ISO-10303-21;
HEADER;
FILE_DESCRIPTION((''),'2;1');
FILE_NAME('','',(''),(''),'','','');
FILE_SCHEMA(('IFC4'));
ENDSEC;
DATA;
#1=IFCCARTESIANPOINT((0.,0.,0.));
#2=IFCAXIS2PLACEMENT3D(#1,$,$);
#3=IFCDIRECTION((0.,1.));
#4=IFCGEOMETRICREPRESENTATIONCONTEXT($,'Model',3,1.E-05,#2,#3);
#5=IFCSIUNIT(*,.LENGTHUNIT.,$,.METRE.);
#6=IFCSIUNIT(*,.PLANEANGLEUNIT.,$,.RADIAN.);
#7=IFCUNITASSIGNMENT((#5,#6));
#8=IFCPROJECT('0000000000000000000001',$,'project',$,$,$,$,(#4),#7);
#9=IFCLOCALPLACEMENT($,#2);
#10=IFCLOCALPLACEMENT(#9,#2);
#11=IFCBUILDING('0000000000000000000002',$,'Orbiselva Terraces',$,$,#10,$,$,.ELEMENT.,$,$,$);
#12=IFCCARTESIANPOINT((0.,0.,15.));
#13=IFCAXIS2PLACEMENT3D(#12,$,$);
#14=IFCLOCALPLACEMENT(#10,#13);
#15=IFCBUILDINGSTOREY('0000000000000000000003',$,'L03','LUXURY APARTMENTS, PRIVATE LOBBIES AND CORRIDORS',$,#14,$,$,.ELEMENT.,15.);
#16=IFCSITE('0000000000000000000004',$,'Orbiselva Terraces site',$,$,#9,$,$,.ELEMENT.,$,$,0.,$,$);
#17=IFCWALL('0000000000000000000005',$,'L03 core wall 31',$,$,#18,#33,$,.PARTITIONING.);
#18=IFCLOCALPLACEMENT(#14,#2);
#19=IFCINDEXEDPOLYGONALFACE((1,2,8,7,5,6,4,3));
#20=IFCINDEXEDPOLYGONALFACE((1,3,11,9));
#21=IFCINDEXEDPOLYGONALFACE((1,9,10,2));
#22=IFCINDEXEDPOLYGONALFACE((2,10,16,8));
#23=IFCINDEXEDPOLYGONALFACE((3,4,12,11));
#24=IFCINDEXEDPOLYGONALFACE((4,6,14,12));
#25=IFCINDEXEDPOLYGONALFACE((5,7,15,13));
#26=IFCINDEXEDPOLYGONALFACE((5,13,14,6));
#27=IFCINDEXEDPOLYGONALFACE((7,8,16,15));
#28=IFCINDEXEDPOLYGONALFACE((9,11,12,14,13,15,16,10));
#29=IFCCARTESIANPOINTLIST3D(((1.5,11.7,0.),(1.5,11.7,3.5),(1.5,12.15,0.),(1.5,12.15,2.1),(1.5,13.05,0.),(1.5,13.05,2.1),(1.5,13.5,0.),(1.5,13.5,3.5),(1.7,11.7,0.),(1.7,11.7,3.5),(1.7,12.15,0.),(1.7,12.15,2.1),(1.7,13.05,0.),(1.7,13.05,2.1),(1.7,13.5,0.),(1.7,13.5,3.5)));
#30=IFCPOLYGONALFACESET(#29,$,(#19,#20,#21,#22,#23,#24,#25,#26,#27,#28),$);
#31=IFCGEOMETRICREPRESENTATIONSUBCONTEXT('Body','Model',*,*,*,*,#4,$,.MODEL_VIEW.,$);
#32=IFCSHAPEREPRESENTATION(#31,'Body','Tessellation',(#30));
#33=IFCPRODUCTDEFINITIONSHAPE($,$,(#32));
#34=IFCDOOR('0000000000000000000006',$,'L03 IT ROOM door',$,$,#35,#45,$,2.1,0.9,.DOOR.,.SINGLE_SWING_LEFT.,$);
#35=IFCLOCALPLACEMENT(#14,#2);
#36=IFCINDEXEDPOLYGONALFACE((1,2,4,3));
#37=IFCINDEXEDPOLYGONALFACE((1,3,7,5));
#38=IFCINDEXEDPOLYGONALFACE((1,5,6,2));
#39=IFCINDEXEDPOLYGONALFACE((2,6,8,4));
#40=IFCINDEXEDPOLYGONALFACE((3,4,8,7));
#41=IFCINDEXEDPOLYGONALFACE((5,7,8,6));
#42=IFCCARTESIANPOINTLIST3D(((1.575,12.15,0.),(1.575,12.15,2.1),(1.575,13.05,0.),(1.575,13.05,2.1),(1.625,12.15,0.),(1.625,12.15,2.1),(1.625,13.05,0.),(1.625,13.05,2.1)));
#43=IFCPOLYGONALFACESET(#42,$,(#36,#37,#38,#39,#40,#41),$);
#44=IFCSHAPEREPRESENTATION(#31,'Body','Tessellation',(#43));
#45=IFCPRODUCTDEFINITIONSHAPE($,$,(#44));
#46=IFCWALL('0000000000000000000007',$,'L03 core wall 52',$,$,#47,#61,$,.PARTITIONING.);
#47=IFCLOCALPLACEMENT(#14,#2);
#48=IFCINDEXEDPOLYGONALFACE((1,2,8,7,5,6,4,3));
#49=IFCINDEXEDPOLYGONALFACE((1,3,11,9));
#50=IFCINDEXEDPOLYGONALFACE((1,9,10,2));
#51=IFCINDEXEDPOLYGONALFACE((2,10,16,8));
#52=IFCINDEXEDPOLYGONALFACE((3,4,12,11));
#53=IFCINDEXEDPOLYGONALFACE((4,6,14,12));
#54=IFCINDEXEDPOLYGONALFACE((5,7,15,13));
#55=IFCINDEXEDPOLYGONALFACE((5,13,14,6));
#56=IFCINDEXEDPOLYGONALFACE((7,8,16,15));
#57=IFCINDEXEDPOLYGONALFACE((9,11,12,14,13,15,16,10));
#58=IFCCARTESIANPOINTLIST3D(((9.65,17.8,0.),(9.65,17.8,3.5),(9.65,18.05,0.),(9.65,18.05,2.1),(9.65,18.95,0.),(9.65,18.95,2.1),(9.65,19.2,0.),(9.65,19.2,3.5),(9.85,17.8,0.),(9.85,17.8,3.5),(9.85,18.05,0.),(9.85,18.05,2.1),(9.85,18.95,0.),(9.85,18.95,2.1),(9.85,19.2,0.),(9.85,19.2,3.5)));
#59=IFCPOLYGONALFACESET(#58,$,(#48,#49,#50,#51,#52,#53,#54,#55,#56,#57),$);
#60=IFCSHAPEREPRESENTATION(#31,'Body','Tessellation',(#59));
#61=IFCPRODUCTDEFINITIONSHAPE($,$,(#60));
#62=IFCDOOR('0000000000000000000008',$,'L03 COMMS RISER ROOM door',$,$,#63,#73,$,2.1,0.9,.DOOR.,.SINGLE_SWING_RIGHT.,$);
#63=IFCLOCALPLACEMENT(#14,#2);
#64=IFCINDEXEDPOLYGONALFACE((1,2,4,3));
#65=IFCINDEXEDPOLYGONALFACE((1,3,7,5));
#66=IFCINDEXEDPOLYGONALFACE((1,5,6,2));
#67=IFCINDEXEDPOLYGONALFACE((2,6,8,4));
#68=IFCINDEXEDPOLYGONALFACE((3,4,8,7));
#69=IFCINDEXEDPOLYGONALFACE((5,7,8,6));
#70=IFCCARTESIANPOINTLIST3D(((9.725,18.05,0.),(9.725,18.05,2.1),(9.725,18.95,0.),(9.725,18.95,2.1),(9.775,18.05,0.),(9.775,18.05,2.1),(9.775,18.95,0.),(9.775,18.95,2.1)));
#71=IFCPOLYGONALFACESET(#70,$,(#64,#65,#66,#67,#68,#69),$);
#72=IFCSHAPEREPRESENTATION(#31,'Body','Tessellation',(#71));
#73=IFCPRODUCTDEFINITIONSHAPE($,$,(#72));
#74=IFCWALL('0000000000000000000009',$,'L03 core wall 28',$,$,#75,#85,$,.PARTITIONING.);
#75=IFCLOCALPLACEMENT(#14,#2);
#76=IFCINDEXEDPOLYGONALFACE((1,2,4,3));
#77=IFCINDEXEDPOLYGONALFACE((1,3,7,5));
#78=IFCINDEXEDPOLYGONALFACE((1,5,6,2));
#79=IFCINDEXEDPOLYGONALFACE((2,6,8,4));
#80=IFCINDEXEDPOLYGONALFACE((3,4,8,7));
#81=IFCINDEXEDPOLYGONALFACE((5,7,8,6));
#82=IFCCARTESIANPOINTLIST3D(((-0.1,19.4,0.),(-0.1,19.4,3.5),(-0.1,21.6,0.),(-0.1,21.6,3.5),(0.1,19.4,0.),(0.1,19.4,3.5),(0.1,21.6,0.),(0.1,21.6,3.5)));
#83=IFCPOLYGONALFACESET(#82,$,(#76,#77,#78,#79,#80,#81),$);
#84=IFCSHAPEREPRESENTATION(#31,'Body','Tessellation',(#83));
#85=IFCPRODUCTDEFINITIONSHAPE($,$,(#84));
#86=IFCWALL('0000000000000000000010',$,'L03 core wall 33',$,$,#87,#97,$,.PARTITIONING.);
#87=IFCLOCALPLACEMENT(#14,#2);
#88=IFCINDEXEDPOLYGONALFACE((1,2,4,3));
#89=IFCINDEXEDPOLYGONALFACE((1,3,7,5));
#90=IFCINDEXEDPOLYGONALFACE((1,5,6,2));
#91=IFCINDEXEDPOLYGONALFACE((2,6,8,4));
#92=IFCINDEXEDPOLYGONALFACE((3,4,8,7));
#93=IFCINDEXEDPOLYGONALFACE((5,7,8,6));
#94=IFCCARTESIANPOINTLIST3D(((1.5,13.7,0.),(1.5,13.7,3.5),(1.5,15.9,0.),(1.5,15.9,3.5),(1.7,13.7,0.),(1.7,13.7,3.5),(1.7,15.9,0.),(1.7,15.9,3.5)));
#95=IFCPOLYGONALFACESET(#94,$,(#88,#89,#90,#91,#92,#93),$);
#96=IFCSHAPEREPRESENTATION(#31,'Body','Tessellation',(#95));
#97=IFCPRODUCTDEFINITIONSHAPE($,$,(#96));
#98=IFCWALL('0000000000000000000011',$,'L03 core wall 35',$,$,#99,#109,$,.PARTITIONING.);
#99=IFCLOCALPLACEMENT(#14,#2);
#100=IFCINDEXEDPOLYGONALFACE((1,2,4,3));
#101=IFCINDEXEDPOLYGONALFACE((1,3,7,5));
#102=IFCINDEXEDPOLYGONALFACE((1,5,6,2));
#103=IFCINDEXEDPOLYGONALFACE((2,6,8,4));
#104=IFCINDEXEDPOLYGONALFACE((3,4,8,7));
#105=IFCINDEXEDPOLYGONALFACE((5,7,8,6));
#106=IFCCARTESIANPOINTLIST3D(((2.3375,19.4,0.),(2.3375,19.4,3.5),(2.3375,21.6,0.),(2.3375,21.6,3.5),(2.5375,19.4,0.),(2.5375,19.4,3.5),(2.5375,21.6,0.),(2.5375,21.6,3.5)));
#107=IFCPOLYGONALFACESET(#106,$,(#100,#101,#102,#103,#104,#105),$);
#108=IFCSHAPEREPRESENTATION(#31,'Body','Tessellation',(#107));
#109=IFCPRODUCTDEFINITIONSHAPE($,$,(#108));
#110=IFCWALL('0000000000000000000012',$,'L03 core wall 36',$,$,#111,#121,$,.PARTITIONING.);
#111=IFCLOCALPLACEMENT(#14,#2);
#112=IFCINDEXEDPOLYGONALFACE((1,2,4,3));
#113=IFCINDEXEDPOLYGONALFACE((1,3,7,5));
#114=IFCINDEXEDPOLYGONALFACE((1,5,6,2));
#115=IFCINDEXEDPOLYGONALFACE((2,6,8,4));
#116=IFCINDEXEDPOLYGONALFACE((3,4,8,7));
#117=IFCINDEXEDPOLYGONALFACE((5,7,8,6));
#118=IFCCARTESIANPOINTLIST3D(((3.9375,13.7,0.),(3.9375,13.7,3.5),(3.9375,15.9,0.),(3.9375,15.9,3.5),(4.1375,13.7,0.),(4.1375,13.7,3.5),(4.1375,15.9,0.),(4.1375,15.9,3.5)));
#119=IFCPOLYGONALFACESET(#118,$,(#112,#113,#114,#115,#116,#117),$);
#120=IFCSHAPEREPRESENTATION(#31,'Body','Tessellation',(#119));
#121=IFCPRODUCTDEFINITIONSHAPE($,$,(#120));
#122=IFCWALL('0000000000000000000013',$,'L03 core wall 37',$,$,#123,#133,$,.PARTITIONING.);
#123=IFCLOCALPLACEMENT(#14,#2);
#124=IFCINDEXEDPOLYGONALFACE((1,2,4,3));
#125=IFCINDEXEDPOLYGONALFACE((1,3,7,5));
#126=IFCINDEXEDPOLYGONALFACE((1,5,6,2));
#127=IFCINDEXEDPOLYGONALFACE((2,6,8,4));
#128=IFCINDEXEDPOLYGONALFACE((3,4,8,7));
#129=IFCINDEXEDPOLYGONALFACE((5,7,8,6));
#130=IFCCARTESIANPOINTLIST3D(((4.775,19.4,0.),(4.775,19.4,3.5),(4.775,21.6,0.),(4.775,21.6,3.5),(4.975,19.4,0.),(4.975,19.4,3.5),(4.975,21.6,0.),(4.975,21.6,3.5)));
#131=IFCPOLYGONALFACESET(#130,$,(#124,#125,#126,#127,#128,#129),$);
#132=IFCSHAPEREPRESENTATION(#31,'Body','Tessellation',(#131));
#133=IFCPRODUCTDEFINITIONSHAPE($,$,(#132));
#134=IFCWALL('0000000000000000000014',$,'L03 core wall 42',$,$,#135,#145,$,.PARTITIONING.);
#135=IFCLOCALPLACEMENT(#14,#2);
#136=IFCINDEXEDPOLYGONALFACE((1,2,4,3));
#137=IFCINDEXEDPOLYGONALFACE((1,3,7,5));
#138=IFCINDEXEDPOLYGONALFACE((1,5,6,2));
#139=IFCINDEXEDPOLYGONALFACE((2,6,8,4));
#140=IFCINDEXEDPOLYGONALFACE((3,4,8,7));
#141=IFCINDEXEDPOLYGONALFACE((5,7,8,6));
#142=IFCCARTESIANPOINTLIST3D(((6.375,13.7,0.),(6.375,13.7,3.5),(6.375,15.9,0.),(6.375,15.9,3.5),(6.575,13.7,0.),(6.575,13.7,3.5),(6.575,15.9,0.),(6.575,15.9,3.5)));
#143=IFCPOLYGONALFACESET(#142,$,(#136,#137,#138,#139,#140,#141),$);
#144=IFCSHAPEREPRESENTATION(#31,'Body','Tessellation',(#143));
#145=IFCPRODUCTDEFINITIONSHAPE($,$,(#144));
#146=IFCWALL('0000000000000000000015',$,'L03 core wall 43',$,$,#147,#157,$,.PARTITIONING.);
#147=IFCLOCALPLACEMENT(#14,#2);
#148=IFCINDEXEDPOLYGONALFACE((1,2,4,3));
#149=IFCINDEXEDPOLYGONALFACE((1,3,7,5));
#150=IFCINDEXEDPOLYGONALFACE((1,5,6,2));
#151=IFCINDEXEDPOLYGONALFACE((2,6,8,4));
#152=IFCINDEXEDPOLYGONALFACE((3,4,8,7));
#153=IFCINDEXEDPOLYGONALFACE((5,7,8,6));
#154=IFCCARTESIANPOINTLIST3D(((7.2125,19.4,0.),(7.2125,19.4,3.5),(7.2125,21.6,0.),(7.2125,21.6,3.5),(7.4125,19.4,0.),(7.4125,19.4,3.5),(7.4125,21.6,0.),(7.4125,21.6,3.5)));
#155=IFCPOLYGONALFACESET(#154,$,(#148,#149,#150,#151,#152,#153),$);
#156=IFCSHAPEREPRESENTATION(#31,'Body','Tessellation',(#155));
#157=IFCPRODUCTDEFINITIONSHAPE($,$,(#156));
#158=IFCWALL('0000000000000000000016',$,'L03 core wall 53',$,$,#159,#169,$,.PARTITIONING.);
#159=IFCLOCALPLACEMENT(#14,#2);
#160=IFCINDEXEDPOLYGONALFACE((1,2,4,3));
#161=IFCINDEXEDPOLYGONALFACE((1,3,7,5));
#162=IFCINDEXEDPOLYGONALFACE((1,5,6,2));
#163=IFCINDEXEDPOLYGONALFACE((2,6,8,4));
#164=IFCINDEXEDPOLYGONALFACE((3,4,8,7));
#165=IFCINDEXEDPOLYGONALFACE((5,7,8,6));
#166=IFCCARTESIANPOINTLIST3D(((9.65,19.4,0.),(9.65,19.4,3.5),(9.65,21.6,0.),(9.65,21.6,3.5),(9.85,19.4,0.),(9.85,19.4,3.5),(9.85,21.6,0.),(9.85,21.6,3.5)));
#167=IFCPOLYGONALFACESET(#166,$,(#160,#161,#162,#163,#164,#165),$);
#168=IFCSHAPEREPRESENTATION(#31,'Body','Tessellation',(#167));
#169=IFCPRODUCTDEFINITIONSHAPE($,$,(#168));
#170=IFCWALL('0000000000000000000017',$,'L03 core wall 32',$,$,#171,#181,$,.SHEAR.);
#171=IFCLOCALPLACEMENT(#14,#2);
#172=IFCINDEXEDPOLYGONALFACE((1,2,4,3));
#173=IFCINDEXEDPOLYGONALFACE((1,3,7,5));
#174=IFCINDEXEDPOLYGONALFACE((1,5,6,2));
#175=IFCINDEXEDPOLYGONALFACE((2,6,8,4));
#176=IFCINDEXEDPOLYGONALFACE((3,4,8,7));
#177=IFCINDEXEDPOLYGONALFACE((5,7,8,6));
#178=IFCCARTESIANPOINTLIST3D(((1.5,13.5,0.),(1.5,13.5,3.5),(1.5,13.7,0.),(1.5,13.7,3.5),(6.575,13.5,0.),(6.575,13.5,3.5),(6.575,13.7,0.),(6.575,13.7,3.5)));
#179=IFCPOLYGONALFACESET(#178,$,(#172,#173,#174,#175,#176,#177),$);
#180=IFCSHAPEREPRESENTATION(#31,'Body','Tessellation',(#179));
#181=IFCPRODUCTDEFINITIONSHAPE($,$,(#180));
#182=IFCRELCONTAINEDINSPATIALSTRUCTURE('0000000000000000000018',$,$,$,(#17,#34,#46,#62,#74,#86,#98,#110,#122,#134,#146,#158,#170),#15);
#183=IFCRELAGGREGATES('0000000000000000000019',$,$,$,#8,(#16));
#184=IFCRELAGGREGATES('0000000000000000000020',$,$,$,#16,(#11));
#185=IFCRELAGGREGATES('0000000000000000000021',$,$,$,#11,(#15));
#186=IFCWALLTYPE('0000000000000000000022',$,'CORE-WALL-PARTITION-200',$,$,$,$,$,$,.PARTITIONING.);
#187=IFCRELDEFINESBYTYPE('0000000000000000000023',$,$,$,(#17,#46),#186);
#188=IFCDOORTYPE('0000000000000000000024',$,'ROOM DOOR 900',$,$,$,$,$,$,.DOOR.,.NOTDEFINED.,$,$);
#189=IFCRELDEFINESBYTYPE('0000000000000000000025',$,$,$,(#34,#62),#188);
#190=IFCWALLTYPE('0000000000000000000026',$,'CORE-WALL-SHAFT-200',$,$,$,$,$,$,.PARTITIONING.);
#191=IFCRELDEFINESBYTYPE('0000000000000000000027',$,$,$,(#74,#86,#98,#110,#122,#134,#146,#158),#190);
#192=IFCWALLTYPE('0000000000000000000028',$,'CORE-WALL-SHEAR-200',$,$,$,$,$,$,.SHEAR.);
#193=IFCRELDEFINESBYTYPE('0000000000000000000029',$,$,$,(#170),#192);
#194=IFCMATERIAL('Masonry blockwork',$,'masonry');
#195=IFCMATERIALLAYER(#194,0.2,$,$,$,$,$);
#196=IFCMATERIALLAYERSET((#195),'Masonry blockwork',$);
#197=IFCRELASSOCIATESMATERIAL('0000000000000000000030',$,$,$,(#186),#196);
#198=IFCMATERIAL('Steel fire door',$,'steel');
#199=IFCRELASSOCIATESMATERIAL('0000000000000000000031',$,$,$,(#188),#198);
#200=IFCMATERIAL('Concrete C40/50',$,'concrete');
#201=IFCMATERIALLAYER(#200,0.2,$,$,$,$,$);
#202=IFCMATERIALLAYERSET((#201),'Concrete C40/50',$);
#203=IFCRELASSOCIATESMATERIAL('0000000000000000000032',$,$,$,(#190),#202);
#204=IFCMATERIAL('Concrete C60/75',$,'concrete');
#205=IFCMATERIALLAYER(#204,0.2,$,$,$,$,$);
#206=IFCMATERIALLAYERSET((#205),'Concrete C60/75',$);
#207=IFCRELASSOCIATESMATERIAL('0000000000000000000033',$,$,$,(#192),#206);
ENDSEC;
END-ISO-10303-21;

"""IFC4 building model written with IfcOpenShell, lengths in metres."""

from ifc_helpers import new_model, si_unit, direction, frame, frame_2d, origin, place, context, subcontext, project, spatial, rectangle, extrude, material, layer, layer_set, type_object, element, fill, save


model = new_model("IFC4")

# Units and contexts
model_context = context("Model", 3, precision=1e-05, world=origin(), true_north=direction((0.0, 1.0)))
body_context = subcontext(model_context, "Body", "Model", "MODEL_VIEW")
ifc_project = project(units=[si_unit("LENGTHUNIT", "METRE"), si_unit("PLANEANGLEUNIT", "RADIAN")], contexts=[model_context])

# Site, building, storey
site_placement = place(None, origin())
site = spatial("IfcSite", under=ifc_project, at=site_placement, Name="Orbiselva Terraces site", CompositionType="ELEMENT", RefElevation=0.0)
building_placement = place(site_placement, origin())
building = spatial("IfcBuilding", under=site, at=building_placement, Name="Orbiselva Terraces", CompositionType="ELEMENT")
storey_placement = place(building_placement, frame((0.0, 0.0, 15.0)))
storey = spatial("IfcBuildingStorey", under=building, at=storey_placement, Name="L03", Description="LUXURY APARTMENTS, PRIVATE LOBBIES AND CORRIDORS", CompositionType="ELEMENT", Elevation=15.0)

# Walls, openings, doors
ifc_material_1 = material(Name="Masonry blockwork", Category="masonry")
ifc_layer_1 = layer(ifc_material_1, 0.2)
ifc_layer_set_1 = layer_set([ifc_layer_1], Name="Masonry blockwork")
wall_type_1 = type_object("IfcWallType", Name="CORE-WALL-PARTITION-200", PredefinedType="PARTITIONING", material=ifc_layer_set_1)
wall_1_placement = place(storey_placement, frame((1.6, 13.5, 0.0), z_axis=(0.0, 0.0, 1.0), x_axis=(0.0, -1.0, 0.0)))
wall_1 = element("IfcWall", 1, at=wall_1_placement, inside=storey, type_object=wall_type_1, Name="L03 core wall 31", PredefinedType="PARTITIONING", context=body_context, shape_type="SweptSolid", body=[
    extrude(rectangle(XDim=1.8, YDim=0.2, at=frame_2d((0.9, 0.0))), origin(), (0.0, 0.0, 1.0), 3.5),
])
opening_1_placement = place(wall_1_placement, frame((0.45, 0.0, 0.0)))
opening_1 = element("IfcOpeningElement", 2, at=opening_1_placement, cuts=wall_1, PredefinedType="OPENING", context=body_context, shape_type="SweptSolid", body=[
    extrude(rectangle(XDim=0.9, YDim=2.1, at=frame_2d((0.45, 1.05))), frame((0.0, 0.11, 0.0), z_axis=(0.0, -1.0, 0.0), x_axis=(1.0, 0.0, 0.0)), (0.0, 0.0, 1.0), 0.22),
])
ifc_material_2 = material(Name="Steel fire door", Category="steel")
door_type = type_object("IfcDoorType", Name="ROOM DOOR 900", OperationType="NOTDEFINED", PredefinedType="DOOR", material=ifc_material_2)
door_1_placement = place(opening_1_placement, origin())
door_1 = element("IfcDoor", 3, at=door_1_placement, inside=storey, type_object=door_type, Name="L03 IT ROOM door", OperationType="SINGLE_SWING_LEFT", OverallHeight=2.1, OverallWidth=0.9, PredefinedType="DOOR", context=body_context, shape_type="SweptSolid", body=[
    extrude(rectangle(XDim=0.9, YDim=2.1, at=frame_2d((0.45, 1.05))), frame((0.0, 0.025, 0.0), z_axis=(0.0, -1.0, 0.0), x_axis=(1.0, 0.0, 0.0)), (0.0, 0.0, 1.0), 0.05),
])
fill(opening_1, door_1)
wall_2_placement = place(storey_placement, frame((9.75, 19.2, 0.0), z_axis=(0.0, 0.0, 1.0), x_axis=(0.0, -1.0, 0.0)))
wall_2 = element("IfcWall", 4, at=wall_2_placement, inside=storey, type_object=wall_type_1, Name="L03 core wall 52", PredefinedType="PARTITIONING", context=body_context, shape_type="SweptSolid", body=[
    extrude(rectangle(XDim=1.4, YDim=0.2, at=frame_2d((0.7, 0.0))), origin(), (0.0, 0.0, 1.0), 3.5),
])
opening_2_placement = place(wall_2_placement, frame((0.25, 0.0, 0.0)))
opening_2 = element("IfcOpeningElement", 5, at=opening_2_placement, cuts=wall_2, PredefinedType="OPENING", context=body_context, shape_type="SweptSolid", body=[
    extrude(rectangle(XDim=0.9, YDim=2.1, at=frame_2d((0.45, 1.05))), frame((0.0, 0.11, 0.0), z_axis=(0.0, -1.0, 0.0), x_axis=(1.0, 0.0, 0.0)), (0.0, 0.0, 1.0), 0.22),
])
door_2_placement = place(opening_2_placement, origin())
door_2 = element("IfcDoor", 6, at=door_2_placement, inside=storey, type_object=door_type, Name="L03 COMMS RISER ROOM door", OperationType="SINGLE_SWING_RIGHT", OverallHeight=2.1, OverallWidth=0.9, PredefinedType="DOOR", context=body_context, shape_type="SweptSolid", body=[
    extrude(rectangle(XDim=0.9, YDim=2.1, at=frame_2d((0.45, 1.05))), frame((0.0, 0.025, 0.0), z_axis=(0.0, -1.0, 0.0), x_axis=(1.0, 0.0, 0.0)), (0.0, 0.0, 1.0), 0.05),
])
fill(opening_2, door_2)

# Walls
ifc_material_3 = material(Name="Concrete C40/50", Category="concrete")
ifc_layer_2 = layer(ifc_material_3, 0.2)
ifc_layer_set_2 = layer_set([ifc_layer_2], Name="Concrete C40/50")
wall_type_2 = type_object("IfcWallType", Name="CORE-WALL-SHAFT-200", PredefinedType="PARTITIONING", material=ifc_layer_set_2)
for number, where, z_axis, x_axis, name in (
    (7, (0.0, 19.4, 0.0), (0.0, 0.0, 1.0), (0.0, 1.0, 0.0), "L03 core wall 28"),
    (8, (1.6, 13.7, 0.0), (0.0, 0.0, 1.0), (0.0, 1.0, 0.0), "L03 core wall 33"),
    (9, (2.4375, 19.4, 0.0), (0.0, 0.0, 1.0), (0.0, 1.0, 0.0), "L03 core wall 35"),
    (10, (4.0375, 13.7, 0.0), (0.0, 0.0, 1.0), (0.0, 1.0, 0.0), "L03 core wall 36"),
    (11, (4.875, 19.4, 0.0), (0.0, 0.0, 1.0), (0.0, 1.0, 0.0), "L03 core wall 37"),
    (12, (6.475, 13.7, 0.0), (0.0, 0.0, 1.0), (0.0, 1.0, 0.0), "L03 core wall 42"),
    (13, (7.3125, 19.4, 0.0), (0.0, 0.0, 1.0), (0.0, 1.0, 0.0), "L03 core wall 43"),
    (14, (9.75, 19.4, 0.0), (0.0, 0.0, 1.0), (0.0, 1.0, 0.0), "L03 core wall 53"),
):
    element("IfcWall", number, at=place(storey_placement, frame(where, z_axis=z_axis, x_axis=x_axis)), inside=storey, type_object=wall_type_2, Name=name, PredefinedType="PARTITIONING", context=body_context, shape_type="SweptSolid", body=[
        extrude(rectangle(XDim=2.2, YDim=0.2, at=frame_2d((1.1, 0.0))), origin(), (0.0, 0.0, 1.0), 3.5),
    ])
ifc_material_4 = material(Name="Concrete C60/75", Category="concrete")
ifc_layer_3 = layer(ifc_material_4, 0.2)
ifc_layer_set_3 = layer_set([ifc_layer_3], Name="Concrete C60/75")
wall_type_3 = type_object("IfcWallType", Name="CORE-WALL-SHEAR-200", PredefinedType="SHEAR", material=ifc_layer_set_3)
wall_3_placement = place(storey_placement, frame((1.5, 13.6, 0.0), z_axis=(0.0, 0.0, 1.0), x_axis=(1.0, 0.0, 0.0)))
element("IfcWall", 15, at=wall_3_placement, inside=storey, type_object=wall_type_3, Name="L03 core wall 32", PredefinedType="SHEAR", context=body_context, shape_type="SweptSolid", body=[
    extrude(rectangle(XDim=5.075, YDim=0.2, at=frame_2d((2.5375, 0.0))), origin(), (0.0, 0.0, 1.0), 3.5),
])

save(model, "model.ifc")
